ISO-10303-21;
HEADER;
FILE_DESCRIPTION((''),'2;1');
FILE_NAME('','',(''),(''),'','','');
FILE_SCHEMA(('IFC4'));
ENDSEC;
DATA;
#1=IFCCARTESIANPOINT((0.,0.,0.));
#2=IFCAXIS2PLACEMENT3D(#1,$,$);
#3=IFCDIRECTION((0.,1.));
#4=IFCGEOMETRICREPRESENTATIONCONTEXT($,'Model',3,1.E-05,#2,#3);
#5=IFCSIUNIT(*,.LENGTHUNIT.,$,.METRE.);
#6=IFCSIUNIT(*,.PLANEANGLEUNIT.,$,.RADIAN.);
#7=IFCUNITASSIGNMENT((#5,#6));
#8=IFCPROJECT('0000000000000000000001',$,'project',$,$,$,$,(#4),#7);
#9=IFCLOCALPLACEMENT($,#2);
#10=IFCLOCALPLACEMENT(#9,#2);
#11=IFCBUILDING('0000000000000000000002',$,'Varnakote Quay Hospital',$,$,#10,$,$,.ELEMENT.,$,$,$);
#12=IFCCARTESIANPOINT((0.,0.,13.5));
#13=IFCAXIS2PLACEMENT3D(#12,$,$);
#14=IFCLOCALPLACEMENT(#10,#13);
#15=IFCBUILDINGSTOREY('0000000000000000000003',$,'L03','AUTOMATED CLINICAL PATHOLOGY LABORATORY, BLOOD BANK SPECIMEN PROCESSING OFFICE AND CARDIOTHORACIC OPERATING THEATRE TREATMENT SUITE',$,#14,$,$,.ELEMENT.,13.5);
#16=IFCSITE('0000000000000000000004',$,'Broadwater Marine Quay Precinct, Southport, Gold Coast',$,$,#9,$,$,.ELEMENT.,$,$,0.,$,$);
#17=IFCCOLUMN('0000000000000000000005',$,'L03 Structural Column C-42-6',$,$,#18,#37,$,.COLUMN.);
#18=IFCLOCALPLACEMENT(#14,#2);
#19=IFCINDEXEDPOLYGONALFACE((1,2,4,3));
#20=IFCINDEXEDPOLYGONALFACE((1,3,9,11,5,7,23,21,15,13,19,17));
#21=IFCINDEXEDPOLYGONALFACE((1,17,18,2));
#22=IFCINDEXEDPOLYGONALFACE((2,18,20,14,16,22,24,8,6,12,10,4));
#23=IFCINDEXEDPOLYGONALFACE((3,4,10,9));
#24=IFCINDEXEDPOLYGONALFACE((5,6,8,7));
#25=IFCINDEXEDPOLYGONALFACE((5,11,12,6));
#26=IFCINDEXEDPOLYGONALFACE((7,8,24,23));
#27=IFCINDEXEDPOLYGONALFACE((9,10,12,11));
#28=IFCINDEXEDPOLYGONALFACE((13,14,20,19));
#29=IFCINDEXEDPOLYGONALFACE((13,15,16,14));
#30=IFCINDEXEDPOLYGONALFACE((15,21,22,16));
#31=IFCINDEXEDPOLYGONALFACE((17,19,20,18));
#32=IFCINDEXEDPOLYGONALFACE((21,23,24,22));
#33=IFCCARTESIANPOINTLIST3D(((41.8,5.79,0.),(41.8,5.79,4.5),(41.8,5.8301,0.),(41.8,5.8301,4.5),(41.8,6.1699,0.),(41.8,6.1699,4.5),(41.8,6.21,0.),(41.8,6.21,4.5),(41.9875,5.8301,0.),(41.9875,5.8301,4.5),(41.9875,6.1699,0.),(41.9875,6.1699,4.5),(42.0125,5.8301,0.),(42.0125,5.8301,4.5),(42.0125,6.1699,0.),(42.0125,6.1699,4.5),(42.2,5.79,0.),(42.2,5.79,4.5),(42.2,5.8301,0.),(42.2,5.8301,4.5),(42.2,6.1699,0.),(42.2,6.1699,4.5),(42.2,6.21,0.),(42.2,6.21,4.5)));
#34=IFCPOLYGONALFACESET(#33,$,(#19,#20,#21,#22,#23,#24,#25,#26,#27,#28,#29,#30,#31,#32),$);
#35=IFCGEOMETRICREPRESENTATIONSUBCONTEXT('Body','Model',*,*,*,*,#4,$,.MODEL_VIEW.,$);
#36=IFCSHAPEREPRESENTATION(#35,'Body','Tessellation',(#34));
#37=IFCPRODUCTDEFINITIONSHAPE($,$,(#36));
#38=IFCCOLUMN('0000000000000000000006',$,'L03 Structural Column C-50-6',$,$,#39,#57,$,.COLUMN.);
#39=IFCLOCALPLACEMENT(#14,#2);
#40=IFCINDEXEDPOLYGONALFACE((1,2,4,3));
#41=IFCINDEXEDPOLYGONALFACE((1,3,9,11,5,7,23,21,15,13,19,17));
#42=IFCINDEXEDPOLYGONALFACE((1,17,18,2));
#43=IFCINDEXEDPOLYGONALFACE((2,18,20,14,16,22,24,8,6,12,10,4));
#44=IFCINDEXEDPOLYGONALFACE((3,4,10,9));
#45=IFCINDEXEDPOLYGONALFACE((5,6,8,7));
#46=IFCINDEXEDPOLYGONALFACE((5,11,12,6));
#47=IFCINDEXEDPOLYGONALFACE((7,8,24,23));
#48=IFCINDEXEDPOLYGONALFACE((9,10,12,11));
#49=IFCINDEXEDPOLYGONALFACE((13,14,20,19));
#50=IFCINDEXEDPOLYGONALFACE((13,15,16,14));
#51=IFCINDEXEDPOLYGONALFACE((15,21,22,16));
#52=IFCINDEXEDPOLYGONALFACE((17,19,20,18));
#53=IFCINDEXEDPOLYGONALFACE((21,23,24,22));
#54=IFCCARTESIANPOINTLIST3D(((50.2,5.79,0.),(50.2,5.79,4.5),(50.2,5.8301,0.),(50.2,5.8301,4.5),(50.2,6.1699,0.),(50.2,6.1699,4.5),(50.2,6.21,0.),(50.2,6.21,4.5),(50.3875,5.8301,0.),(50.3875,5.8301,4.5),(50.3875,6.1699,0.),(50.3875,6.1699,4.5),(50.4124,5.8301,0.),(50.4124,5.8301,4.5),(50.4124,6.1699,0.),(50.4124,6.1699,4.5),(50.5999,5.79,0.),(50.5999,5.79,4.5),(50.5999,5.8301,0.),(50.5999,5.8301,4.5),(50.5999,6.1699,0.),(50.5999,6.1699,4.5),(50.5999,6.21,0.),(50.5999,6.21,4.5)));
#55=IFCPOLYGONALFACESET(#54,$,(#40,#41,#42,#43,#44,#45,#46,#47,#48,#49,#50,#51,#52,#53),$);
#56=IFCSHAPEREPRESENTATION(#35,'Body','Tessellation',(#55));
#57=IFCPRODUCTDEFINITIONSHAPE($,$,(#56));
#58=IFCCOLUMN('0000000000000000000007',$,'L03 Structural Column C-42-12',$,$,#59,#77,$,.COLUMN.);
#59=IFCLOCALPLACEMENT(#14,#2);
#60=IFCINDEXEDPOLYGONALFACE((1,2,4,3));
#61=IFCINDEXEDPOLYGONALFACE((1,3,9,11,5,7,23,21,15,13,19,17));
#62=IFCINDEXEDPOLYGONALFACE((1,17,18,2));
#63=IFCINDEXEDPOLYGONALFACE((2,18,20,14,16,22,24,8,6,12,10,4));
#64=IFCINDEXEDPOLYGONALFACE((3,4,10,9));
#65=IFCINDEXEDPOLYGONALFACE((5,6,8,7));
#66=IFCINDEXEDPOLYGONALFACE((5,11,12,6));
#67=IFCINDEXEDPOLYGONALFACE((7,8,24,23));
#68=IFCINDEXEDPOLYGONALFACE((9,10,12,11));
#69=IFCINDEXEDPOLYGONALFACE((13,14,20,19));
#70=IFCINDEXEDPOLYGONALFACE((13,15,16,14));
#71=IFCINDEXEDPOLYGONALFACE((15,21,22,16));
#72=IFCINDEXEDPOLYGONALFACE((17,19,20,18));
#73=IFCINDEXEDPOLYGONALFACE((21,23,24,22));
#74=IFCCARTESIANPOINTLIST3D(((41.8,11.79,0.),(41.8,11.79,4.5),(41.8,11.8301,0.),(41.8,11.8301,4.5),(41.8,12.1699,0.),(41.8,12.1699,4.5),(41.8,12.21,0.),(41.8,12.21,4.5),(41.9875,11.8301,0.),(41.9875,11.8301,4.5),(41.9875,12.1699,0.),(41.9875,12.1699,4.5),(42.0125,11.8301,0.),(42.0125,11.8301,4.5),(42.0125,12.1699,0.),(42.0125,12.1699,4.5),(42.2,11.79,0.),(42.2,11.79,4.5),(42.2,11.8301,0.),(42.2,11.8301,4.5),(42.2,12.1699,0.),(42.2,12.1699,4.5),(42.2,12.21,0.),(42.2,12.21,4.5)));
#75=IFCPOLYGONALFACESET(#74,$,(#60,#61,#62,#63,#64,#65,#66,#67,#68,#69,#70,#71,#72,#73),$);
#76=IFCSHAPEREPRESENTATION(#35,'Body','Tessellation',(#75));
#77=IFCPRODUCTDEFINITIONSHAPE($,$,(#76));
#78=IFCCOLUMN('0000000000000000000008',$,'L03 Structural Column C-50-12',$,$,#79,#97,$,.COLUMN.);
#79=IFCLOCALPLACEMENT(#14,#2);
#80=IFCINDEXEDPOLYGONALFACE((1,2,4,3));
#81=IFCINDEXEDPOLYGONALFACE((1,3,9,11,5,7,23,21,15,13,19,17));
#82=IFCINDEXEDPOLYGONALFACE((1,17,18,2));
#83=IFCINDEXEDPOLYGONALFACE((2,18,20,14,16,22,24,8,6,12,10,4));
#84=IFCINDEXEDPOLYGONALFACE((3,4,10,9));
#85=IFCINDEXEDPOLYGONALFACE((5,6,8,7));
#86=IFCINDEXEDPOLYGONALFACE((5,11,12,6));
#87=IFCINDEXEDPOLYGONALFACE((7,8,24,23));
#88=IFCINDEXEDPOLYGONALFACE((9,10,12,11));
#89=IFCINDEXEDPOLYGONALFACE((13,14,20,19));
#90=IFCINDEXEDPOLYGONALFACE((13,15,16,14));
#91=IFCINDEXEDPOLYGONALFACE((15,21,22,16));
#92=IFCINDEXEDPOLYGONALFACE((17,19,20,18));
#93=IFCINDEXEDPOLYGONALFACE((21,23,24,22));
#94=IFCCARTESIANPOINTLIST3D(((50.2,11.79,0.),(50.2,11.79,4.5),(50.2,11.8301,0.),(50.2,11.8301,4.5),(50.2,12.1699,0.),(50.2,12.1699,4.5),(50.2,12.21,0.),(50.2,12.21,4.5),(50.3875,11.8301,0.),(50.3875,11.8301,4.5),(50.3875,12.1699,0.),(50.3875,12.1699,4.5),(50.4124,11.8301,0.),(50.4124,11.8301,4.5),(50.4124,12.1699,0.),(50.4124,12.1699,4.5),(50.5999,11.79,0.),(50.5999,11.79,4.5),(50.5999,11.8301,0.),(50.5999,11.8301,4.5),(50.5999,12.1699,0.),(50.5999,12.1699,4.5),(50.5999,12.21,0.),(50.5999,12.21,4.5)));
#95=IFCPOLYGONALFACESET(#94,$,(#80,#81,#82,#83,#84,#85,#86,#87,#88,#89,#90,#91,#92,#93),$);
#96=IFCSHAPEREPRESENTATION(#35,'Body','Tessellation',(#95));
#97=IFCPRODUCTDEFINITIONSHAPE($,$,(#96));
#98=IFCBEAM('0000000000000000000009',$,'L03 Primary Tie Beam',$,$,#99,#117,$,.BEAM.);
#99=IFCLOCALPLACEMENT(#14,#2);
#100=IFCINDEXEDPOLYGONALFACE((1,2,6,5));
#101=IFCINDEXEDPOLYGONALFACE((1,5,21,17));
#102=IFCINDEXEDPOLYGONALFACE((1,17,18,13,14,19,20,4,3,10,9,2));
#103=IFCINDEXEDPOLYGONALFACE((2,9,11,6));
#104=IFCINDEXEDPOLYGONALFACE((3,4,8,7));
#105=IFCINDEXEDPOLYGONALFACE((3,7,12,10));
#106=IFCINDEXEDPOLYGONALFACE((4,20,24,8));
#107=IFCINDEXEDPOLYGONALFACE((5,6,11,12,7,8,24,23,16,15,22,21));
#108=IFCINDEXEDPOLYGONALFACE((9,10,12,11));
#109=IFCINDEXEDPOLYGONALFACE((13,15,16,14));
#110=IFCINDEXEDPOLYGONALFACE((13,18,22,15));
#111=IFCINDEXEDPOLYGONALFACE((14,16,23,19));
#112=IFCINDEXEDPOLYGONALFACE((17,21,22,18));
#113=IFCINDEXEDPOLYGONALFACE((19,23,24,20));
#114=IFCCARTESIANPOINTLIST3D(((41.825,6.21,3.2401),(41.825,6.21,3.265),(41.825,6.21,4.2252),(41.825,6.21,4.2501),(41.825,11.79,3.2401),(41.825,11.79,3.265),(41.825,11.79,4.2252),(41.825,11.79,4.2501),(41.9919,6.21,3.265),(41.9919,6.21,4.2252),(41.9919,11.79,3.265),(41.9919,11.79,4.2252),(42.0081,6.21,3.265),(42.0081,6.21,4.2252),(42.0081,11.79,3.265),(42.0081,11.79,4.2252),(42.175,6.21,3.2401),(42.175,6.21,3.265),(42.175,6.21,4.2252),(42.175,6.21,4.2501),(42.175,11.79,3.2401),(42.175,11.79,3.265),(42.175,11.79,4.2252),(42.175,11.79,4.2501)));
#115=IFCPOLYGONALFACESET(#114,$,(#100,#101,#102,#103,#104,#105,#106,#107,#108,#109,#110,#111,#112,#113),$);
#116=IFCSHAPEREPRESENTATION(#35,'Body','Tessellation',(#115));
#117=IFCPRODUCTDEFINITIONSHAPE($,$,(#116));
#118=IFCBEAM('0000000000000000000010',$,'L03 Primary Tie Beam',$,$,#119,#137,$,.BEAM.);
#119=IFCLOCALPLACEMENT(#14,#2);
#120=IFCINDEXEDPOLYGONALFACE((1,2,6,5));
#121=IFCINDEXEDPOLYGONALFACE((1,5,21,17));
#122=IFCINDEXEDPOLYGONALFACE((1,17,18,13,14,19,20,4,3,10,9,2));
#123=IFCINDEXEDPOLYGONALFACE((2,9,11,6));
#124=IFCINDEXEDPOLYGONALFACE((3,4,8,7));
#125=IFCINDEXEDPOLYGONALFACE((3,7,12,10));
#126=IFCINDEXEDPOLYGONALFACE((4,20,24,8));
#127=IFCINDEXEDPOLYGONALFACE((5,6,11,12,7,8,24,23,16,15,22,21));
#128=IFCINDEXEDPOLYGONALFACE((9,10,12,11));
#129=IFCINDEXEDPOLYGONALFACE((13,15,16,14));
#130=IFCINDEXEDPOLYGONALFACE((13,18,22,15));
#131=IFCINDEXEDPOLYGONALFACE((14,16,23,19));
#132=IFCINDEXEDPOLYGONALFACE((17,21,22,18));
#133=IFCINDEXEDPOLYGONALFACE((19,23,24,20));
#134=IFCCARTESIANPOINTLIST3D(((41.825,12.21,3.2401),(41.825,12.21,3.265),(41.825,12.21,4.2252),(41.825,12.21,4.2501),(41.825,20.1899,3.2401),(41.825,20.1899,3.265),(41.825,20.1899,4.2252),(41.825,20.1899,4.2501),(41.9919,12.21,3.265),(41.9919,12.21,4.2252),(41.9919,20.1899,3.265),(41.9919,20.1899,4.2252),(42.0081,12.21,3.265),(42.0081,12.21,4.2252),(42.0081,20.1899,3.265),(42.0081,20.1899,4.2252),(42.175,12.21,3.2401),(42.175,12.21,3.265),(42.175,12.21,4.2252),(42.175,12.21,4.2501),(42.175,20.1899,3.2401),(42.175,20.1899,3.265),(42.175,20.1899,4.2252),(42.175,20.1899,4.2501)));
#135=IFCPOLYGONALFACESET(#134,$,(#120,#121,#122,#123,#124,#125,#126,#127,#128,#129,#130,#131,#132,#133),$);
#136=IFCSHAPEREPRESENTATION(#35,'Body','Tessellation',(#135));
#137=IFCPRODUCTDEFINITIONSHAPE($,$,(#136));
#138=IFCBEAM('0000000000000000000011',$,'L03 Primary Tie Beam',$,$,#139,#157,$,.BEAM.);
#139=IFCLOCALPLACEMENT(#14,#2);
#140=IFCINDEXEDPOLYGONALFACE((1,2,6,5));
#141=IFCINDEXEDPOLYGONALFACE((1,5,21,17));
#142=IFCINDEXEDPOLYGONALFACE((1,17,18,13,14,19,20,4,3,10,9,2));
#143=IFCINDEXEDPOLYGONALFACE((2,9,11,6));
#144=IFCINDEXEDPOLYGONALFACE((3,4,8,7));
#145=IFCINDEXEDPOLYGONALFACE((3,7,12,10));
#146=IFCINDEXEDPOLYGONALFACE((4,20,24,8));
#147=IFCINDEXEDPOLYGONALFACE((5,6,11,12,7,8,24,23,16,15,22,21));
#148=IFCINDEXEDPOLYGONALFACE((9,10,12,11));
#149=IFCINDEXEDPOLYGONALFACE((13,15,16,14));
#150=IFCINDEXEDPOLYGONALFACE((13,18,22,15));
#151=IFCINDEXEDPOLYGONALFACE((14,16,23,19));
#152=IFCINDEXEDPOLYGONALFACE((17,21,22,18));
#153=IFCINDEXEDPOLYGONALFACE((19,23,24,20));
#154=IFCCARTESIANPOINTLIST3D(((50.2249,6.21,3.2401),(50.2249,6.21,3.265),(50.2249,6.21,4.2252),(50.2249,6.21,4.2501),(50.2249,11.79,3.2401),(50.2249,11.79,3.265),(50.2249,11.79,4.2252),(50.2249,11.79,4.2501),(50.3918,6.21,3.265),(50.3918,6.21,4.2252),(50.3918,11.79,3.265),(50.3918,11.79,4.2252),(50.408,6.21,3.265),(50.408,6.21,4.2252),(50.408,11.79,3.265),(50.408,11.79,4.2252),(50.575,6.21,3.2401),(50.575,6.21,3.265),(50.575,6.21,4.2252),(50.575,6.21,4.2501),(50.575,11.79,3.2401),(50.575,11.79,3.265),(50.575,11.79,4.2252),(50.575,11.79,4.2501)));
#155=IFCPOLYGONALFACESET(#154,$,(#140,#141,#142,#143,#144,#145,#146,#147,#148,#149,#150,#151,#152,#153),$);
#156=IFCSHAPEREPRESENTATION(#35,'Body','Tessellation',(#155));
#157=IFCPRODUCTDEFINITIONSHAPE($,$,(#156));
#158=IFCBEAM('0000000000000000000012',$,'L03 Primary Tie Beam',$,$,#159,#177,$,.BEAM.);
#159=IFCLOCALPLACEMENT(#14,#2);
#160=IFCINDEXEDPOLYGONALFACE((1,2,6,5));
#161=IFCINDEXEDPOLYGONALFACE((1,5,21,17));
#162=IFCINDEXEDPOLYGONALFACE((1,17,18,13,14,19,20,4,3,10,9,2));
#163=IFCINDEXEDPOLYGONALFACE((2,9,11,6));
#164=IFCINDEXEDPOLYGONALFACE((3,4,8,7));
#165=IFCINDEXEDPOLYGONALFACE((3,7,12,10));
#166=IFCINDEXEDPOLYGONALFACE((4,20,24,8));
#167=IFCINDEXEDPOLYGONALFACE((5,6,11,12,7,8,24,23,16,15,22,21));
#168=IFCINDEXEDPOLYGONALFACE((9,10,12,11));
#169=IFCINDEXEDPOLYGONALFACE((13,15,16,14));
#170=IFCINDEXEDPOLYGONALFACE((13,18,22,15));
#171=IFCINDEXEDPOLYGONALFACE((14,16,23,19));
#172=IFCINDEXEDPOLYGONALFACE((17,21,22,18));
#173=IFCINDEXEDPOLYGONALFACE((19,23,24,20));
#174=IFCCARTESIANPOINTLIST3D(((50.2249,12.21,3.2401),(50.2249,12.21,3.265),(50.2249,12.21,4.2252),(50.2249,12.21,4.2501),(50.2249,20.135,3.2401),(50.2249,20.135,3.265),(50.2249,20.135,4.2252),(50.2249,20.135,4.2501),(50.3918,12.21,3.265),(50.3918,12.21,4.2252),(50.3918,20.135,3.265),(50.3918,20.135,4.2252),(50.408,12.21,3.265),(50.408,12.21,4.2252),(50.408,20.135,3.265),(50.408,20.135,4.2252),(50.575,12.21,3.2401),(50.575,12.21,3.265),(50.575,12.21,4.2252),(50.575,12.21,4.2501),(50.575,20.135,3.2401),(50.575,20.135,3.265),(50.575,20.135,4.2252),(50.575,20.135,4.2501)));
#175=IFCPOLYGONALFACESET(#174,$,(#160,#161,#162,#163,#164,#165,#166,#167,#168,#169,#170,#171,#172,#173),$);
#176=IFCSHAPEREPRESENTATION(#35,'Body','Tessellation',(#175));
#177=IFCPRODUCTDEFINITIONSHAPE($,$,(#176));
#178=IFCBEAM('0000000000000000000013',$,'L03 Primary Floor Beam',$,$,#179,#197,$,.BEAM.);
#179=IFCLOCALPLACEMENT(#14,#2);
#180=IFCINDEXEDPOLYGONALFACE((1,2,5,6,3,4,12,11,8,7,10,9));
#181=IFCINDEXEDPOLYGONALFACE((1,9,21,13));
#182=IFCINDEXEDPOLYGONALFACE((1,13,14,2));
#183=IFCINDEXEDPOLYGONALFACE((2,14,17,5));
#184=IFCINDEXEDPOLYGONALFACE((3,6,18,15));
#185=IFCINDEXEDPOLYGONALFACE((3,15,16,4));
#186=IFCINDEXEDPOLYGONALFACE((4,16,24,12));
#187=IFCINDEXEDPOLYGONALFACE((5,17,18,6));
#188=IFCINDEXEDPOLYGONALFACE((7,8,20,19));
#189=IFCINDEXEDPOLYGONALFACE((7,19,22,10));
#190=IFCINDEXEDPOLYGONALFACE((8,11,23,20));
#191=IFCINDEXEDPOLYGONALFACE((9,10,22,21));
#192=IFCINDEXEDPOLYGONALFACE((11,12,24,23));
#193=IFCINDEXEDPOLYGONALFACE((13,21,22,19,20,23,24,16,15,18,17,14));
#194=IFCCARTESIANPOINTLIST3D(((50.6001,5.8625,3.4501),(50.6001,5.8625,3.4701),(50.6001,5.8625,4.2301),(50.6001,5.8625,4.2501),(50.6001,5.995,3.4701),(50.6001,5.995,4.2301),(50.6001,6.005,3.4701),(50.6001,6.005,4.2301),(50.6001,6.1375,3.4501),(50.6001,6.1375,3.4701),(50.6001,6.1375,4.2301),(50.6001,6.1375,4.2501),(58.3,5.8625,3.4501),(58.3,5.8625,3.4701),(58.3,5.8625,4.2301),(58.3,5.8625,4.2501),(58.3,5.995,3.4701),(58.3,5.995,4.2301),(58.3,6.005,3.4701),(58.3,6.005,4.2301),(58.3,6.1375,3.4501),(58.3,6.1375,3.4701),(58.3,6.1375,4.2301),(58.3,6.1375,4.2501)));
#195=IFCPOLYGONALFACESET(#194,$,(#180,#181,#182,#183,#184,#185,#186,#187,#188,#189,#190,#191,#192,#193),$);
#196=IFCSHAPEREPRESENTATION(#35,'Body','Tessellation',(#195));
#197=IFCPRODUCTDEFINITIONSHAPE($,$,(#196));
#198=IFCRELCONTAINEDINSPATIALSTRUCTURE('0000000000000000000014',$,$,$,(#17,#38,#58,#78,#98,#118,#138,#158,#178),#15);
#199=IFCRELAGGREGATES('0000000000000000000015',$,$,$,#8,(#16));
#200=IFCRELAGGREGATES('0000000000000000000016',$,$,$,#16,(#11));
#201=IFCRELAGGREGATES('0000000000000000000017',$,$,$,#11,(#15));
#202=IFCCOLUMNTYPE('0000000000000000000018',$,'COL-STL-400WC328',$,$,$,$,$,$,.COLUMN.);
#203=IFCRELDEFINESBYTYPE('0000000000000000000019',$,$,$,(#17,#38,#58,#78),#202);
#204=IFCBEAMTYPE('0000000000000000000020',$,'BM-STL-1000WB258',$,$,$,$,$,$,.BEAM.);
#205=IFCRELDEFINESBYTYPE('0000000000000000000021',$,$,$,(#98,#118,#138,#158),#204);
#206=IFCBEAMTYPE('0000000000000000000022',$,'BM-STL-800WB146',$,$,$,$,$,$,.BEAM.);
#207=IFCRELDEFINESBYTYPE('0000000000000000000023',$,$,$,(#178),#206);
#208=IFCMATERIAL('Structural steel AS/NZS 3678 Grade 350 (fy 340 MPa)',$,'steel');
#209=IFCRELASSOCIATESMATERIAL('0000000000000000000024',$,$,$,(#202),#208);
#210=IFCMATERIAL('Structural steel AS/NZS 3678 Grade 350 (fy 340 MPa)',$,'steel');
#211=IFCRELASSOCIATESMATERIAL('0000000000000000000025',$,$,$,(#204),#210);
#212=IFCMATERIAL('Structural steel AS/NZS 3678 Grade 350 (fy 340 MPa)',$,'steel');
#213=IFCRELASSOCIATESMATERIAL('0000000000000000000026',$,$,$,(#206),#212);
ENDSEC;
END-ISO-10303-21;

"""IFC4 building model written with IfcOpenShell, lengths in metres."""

from ifc_helpers import new_model, si_unit, direction, frame, origin, origin_2d, place, context, subcontext, project, spatial, i_section, extrude, material, material_profile, profile_set, type_object, element, save


model = new_model("IFC4")

# Units and contexts
model_context = context("Model", 3, precision=1e-05, world=origin(), true_north=direction((0.0, 1.0)))
body_context = subcontext(model_context, "Body", "Model", "MODEL_VIEW")
ifc_project = project(units=[si_unit("LENGTHUNIT", "METRE"), si_unit("PLANEANGLEUNIT", "RADIAN")], contexts=[model_context])

# Site, building, storey
site_placement = place(None, origin())
site = spatial("IfcSite", under=ifc_project, at=site_placement, Name="Broadwater Marine Quay Precinct, Southport, Gold Coast", CompositionType="ELEMENT", RefElevation=0.0)
building_placement = place(site_placement, origin())
building = spatial("IfcBuilding", under=site, at=building_placement, Name="Varnakote Quay Hospital", CompositionType="ELEMENT")
storey_placement = place(building_placement, frame((0.0, 0.0, 13.5)))
storey = spatial("IfcBuildingStorey", under=building, at=storey_placement, Name="L03", Description="AUTOMATED CLINICAL PATHOLOGY LABORATORY, BLOOD BANK SPECIMEN PROCESSING OFFICE AND CARDIOTHORACIC OPERATING THEATRE TREATMENT SUITE", CompositionType="ELEMENT", Elevation=13.5)

# Columns
ifc_material_1 = material(Name="Structural steel AS/NZS 3678 Grade 350 (fy 340 MPa)", Category="steel")
ifc_material_profile_1 = material_profile(ifc_material_1, i_section(OverallWidth=0.3999, OverallDepth=0.4199, WebThickness=0.0249, FlangeThickness=0.04, at=origin_2d()), Name="400WC328")
ifc_profile_set_1 = profile_set([ifc_material_profile_1], Name="Structural steel AS/NZS 3678 Grade 350 (fy 340 MPa)")
column_type = type_object("IfcColumnType", Name="COL-STL-400WC328", PredefinedType="COLUMN", material=ifc_profile_set_1)
for number, where, z_axis, x_axis, name in (
    (1, (42.0, 6.0, 0.0), (0.0, 0.0, 1.0), (1.0, 0.0, 0.0), "L03 Structural Column C-42-6"),
    (2, (50.3999, 6.0, 0.0), (0.0, 0.0, 1.0), (1.0, 0.0, 0.0), "L03 Structural Column C-50-6"),
    (3, (42.0, 12.0, 0.0), (0.0, 0.0, 1.0), (1.0, 0.0, 0.0), "L03 Structural Column C-42-12"),
    (4, (50.3999, 12.0, 0.0), (0.0, 0.0, 1.0), (1.0, 0.0, 0.0), "L03 Structural Column C-50-12"),
):
    element("IfcColumn", number, at=place(storey_placement, frame(where, z_axis=z_axis, x_axis=x_axis)), inside=storey, type_object=column_type, Name=name, PredefinedType="COLUMN", context=body_context, shape_type="SweptSolid", body=[
        extrude(i_section(OverallWidth=0.3999, OverallDepth=0.4199, WebThickness=0.0249, FlangeThickness=0.04, at=origin_2d()), origin(), (0.0, 0.0, 1.0), 4.5),
    ])

# Beams
ifc_material_2 = material(Name="Structural steel AS/NZS 3678 Grade 350 (fy 340 MPa)", Category="steel")
ifc_material_profile_2 = material_profile(ifc_material_2, i_section(OverallWidth=0.3501, OverallDepth=1.01, WebThickness=0.0161, FlangeThickness=0.0249, at=origin_2d()), Name="1000WB258")
ifc_profile_set_2 = profile_set([ifc_material_profile_2], Name="Structural steel AS/NZS 3678 Grade 350 (fy 340 MPa)")
beam_type_1 = type_object("IfcBeamType", Name="BM-STL-1000WB258", PredefinedType="BEAM", material=ifc_profile_set_2)
beam_1_placement = place(storey_placement, frame((42.0, 6.21, 3.7451), z_axis=(0.0, 1.0, 0.0), x_axis=(-1.0, 0.0, 0.0)))
element("IfcBeam", 5, at=beam_1_placement, inside=storey, type_object=beam_type_1, Name="L03 Primary Tie Beam", PredefinedType="BEAM", context=body_context, shape_type="SweptSolid", body=[
    extrude(i_section(OverallWidth=0.3501, OverallDepth=1.01, WebThickness=0.0161, FlangeThickness=0.0249, at=origin_2d()), origin(), (0.0, 0.0, 1.0), 5.5801),
])
beam_2_placement = place(storey_placement, frame((42.0, 12.21, 3.7451), z_axis=(0.0, 1.0, 0.0), x_axis=(-1.0, 0.0, 0.0)))
element("IfcBeam", 6, at=beam_2_placement, inside=storey, type_object=beam_type_1, Name="L03 Primary Tie Beam", PredefinedType="BEAM", context=body_context, shape_type="SweptSolid", body=[
    extrude(i_section(OverallWidth=0.3501, OverallDepth=1.01, WebThickness=0.0161, FlangeThickness=0.0249, at=origin_2d()), origin(), (0.0, 0.0, 1.0), 7.98),
])
beam_3_placement = place(storey_placement, frame((50.3999, 6.21, 3.7451), z_axis=(0.0, 1.0, 0.0), x_axis=(-1.0, 0.0, 0.0)))
element("IfcBeam", 7, at=beam_3_placement, inside=storey, type_object=beam_type_1, Name="L03 Primary Tie Beam", PredefinedType="BEAM", context=body_context, shape_type="SweptSolid", body=[
    extrude(i_section(OverallWidth=0.3501, OverallDepth=1.01, WebThickness=0.0161, FlangeThickness=0.0249, at=origin_2d()), origin(), (0.0, 0.0, 1.0), 5.5801),
])
beam_4_placement = place(storey_placement, frame((50.3999, 12.21, 3.7451), z_axis=(0.0, 1.0, 0.0), x_axis=(-1.0, 0.0, 0.0)))
element("IfcBeam", 8, at=beam_4_placement, inside=storey, type_object=beam_type_1, Name="L03 Primary Tie Beam", PredefinedType="BEAM", context=body_context, shape_type="SweptSolid", body=[
    extrude(i_section(OverallWidth=0.3501, OverallDepth=1.01, WebThickness=0.0161, FlangeThickness=0.0249, at=origin_2d()), origin(), (0.0, 0.0, 1.0), 7.925),
])
ifc_material_3 = material(Name="Structural steel AS/NZS 3678 Grade 350 (fy 340 MPa)", Category="steel")
ifc_material_profile_3 = material_profile(ifc_material_3, i_section(OverallWidth=0.2749, OverallDepth=0.8, WebThickness=0.01, FlangeThickness=0.02, at=origin_2d()), Name="800WB146")
ifc_profile_set_3 = profile_set([ifc_material_profile_3], Name="Structural steel AS/NZS 3678 Grade 350 (fy 340 MPa)")
beam_type_2 = type_object("IfcBeamType", Name="BM-STL-800WB146", PredefinedType="BEAM", material=ifc_profile_set_3)
beam_5_placement = place(storey_placement, frame((50.6001, 6.0, 3.8501), z_axis=(1.0, 0.0, 0.0), x_axis=(0.0, 1.0, 0.0)))
element("IfcBeam", 9, at=beam_5_placement, inside=storey, type_object=beam_type_2, Name="L03 Primary Floor Beam", PredefinedType="BEAM", context=body_context, shape_type="SweptSolid", body=[
    extrude(i_section(OverallWidth=0.2749, OverallDepth=0.8, WebThickness=0.01, FlangeThickness=0.02, at=origin_2d()), origin(), (0.0, 0.0, 1.0), 7.7),
])

save(model, "model.ifc")
